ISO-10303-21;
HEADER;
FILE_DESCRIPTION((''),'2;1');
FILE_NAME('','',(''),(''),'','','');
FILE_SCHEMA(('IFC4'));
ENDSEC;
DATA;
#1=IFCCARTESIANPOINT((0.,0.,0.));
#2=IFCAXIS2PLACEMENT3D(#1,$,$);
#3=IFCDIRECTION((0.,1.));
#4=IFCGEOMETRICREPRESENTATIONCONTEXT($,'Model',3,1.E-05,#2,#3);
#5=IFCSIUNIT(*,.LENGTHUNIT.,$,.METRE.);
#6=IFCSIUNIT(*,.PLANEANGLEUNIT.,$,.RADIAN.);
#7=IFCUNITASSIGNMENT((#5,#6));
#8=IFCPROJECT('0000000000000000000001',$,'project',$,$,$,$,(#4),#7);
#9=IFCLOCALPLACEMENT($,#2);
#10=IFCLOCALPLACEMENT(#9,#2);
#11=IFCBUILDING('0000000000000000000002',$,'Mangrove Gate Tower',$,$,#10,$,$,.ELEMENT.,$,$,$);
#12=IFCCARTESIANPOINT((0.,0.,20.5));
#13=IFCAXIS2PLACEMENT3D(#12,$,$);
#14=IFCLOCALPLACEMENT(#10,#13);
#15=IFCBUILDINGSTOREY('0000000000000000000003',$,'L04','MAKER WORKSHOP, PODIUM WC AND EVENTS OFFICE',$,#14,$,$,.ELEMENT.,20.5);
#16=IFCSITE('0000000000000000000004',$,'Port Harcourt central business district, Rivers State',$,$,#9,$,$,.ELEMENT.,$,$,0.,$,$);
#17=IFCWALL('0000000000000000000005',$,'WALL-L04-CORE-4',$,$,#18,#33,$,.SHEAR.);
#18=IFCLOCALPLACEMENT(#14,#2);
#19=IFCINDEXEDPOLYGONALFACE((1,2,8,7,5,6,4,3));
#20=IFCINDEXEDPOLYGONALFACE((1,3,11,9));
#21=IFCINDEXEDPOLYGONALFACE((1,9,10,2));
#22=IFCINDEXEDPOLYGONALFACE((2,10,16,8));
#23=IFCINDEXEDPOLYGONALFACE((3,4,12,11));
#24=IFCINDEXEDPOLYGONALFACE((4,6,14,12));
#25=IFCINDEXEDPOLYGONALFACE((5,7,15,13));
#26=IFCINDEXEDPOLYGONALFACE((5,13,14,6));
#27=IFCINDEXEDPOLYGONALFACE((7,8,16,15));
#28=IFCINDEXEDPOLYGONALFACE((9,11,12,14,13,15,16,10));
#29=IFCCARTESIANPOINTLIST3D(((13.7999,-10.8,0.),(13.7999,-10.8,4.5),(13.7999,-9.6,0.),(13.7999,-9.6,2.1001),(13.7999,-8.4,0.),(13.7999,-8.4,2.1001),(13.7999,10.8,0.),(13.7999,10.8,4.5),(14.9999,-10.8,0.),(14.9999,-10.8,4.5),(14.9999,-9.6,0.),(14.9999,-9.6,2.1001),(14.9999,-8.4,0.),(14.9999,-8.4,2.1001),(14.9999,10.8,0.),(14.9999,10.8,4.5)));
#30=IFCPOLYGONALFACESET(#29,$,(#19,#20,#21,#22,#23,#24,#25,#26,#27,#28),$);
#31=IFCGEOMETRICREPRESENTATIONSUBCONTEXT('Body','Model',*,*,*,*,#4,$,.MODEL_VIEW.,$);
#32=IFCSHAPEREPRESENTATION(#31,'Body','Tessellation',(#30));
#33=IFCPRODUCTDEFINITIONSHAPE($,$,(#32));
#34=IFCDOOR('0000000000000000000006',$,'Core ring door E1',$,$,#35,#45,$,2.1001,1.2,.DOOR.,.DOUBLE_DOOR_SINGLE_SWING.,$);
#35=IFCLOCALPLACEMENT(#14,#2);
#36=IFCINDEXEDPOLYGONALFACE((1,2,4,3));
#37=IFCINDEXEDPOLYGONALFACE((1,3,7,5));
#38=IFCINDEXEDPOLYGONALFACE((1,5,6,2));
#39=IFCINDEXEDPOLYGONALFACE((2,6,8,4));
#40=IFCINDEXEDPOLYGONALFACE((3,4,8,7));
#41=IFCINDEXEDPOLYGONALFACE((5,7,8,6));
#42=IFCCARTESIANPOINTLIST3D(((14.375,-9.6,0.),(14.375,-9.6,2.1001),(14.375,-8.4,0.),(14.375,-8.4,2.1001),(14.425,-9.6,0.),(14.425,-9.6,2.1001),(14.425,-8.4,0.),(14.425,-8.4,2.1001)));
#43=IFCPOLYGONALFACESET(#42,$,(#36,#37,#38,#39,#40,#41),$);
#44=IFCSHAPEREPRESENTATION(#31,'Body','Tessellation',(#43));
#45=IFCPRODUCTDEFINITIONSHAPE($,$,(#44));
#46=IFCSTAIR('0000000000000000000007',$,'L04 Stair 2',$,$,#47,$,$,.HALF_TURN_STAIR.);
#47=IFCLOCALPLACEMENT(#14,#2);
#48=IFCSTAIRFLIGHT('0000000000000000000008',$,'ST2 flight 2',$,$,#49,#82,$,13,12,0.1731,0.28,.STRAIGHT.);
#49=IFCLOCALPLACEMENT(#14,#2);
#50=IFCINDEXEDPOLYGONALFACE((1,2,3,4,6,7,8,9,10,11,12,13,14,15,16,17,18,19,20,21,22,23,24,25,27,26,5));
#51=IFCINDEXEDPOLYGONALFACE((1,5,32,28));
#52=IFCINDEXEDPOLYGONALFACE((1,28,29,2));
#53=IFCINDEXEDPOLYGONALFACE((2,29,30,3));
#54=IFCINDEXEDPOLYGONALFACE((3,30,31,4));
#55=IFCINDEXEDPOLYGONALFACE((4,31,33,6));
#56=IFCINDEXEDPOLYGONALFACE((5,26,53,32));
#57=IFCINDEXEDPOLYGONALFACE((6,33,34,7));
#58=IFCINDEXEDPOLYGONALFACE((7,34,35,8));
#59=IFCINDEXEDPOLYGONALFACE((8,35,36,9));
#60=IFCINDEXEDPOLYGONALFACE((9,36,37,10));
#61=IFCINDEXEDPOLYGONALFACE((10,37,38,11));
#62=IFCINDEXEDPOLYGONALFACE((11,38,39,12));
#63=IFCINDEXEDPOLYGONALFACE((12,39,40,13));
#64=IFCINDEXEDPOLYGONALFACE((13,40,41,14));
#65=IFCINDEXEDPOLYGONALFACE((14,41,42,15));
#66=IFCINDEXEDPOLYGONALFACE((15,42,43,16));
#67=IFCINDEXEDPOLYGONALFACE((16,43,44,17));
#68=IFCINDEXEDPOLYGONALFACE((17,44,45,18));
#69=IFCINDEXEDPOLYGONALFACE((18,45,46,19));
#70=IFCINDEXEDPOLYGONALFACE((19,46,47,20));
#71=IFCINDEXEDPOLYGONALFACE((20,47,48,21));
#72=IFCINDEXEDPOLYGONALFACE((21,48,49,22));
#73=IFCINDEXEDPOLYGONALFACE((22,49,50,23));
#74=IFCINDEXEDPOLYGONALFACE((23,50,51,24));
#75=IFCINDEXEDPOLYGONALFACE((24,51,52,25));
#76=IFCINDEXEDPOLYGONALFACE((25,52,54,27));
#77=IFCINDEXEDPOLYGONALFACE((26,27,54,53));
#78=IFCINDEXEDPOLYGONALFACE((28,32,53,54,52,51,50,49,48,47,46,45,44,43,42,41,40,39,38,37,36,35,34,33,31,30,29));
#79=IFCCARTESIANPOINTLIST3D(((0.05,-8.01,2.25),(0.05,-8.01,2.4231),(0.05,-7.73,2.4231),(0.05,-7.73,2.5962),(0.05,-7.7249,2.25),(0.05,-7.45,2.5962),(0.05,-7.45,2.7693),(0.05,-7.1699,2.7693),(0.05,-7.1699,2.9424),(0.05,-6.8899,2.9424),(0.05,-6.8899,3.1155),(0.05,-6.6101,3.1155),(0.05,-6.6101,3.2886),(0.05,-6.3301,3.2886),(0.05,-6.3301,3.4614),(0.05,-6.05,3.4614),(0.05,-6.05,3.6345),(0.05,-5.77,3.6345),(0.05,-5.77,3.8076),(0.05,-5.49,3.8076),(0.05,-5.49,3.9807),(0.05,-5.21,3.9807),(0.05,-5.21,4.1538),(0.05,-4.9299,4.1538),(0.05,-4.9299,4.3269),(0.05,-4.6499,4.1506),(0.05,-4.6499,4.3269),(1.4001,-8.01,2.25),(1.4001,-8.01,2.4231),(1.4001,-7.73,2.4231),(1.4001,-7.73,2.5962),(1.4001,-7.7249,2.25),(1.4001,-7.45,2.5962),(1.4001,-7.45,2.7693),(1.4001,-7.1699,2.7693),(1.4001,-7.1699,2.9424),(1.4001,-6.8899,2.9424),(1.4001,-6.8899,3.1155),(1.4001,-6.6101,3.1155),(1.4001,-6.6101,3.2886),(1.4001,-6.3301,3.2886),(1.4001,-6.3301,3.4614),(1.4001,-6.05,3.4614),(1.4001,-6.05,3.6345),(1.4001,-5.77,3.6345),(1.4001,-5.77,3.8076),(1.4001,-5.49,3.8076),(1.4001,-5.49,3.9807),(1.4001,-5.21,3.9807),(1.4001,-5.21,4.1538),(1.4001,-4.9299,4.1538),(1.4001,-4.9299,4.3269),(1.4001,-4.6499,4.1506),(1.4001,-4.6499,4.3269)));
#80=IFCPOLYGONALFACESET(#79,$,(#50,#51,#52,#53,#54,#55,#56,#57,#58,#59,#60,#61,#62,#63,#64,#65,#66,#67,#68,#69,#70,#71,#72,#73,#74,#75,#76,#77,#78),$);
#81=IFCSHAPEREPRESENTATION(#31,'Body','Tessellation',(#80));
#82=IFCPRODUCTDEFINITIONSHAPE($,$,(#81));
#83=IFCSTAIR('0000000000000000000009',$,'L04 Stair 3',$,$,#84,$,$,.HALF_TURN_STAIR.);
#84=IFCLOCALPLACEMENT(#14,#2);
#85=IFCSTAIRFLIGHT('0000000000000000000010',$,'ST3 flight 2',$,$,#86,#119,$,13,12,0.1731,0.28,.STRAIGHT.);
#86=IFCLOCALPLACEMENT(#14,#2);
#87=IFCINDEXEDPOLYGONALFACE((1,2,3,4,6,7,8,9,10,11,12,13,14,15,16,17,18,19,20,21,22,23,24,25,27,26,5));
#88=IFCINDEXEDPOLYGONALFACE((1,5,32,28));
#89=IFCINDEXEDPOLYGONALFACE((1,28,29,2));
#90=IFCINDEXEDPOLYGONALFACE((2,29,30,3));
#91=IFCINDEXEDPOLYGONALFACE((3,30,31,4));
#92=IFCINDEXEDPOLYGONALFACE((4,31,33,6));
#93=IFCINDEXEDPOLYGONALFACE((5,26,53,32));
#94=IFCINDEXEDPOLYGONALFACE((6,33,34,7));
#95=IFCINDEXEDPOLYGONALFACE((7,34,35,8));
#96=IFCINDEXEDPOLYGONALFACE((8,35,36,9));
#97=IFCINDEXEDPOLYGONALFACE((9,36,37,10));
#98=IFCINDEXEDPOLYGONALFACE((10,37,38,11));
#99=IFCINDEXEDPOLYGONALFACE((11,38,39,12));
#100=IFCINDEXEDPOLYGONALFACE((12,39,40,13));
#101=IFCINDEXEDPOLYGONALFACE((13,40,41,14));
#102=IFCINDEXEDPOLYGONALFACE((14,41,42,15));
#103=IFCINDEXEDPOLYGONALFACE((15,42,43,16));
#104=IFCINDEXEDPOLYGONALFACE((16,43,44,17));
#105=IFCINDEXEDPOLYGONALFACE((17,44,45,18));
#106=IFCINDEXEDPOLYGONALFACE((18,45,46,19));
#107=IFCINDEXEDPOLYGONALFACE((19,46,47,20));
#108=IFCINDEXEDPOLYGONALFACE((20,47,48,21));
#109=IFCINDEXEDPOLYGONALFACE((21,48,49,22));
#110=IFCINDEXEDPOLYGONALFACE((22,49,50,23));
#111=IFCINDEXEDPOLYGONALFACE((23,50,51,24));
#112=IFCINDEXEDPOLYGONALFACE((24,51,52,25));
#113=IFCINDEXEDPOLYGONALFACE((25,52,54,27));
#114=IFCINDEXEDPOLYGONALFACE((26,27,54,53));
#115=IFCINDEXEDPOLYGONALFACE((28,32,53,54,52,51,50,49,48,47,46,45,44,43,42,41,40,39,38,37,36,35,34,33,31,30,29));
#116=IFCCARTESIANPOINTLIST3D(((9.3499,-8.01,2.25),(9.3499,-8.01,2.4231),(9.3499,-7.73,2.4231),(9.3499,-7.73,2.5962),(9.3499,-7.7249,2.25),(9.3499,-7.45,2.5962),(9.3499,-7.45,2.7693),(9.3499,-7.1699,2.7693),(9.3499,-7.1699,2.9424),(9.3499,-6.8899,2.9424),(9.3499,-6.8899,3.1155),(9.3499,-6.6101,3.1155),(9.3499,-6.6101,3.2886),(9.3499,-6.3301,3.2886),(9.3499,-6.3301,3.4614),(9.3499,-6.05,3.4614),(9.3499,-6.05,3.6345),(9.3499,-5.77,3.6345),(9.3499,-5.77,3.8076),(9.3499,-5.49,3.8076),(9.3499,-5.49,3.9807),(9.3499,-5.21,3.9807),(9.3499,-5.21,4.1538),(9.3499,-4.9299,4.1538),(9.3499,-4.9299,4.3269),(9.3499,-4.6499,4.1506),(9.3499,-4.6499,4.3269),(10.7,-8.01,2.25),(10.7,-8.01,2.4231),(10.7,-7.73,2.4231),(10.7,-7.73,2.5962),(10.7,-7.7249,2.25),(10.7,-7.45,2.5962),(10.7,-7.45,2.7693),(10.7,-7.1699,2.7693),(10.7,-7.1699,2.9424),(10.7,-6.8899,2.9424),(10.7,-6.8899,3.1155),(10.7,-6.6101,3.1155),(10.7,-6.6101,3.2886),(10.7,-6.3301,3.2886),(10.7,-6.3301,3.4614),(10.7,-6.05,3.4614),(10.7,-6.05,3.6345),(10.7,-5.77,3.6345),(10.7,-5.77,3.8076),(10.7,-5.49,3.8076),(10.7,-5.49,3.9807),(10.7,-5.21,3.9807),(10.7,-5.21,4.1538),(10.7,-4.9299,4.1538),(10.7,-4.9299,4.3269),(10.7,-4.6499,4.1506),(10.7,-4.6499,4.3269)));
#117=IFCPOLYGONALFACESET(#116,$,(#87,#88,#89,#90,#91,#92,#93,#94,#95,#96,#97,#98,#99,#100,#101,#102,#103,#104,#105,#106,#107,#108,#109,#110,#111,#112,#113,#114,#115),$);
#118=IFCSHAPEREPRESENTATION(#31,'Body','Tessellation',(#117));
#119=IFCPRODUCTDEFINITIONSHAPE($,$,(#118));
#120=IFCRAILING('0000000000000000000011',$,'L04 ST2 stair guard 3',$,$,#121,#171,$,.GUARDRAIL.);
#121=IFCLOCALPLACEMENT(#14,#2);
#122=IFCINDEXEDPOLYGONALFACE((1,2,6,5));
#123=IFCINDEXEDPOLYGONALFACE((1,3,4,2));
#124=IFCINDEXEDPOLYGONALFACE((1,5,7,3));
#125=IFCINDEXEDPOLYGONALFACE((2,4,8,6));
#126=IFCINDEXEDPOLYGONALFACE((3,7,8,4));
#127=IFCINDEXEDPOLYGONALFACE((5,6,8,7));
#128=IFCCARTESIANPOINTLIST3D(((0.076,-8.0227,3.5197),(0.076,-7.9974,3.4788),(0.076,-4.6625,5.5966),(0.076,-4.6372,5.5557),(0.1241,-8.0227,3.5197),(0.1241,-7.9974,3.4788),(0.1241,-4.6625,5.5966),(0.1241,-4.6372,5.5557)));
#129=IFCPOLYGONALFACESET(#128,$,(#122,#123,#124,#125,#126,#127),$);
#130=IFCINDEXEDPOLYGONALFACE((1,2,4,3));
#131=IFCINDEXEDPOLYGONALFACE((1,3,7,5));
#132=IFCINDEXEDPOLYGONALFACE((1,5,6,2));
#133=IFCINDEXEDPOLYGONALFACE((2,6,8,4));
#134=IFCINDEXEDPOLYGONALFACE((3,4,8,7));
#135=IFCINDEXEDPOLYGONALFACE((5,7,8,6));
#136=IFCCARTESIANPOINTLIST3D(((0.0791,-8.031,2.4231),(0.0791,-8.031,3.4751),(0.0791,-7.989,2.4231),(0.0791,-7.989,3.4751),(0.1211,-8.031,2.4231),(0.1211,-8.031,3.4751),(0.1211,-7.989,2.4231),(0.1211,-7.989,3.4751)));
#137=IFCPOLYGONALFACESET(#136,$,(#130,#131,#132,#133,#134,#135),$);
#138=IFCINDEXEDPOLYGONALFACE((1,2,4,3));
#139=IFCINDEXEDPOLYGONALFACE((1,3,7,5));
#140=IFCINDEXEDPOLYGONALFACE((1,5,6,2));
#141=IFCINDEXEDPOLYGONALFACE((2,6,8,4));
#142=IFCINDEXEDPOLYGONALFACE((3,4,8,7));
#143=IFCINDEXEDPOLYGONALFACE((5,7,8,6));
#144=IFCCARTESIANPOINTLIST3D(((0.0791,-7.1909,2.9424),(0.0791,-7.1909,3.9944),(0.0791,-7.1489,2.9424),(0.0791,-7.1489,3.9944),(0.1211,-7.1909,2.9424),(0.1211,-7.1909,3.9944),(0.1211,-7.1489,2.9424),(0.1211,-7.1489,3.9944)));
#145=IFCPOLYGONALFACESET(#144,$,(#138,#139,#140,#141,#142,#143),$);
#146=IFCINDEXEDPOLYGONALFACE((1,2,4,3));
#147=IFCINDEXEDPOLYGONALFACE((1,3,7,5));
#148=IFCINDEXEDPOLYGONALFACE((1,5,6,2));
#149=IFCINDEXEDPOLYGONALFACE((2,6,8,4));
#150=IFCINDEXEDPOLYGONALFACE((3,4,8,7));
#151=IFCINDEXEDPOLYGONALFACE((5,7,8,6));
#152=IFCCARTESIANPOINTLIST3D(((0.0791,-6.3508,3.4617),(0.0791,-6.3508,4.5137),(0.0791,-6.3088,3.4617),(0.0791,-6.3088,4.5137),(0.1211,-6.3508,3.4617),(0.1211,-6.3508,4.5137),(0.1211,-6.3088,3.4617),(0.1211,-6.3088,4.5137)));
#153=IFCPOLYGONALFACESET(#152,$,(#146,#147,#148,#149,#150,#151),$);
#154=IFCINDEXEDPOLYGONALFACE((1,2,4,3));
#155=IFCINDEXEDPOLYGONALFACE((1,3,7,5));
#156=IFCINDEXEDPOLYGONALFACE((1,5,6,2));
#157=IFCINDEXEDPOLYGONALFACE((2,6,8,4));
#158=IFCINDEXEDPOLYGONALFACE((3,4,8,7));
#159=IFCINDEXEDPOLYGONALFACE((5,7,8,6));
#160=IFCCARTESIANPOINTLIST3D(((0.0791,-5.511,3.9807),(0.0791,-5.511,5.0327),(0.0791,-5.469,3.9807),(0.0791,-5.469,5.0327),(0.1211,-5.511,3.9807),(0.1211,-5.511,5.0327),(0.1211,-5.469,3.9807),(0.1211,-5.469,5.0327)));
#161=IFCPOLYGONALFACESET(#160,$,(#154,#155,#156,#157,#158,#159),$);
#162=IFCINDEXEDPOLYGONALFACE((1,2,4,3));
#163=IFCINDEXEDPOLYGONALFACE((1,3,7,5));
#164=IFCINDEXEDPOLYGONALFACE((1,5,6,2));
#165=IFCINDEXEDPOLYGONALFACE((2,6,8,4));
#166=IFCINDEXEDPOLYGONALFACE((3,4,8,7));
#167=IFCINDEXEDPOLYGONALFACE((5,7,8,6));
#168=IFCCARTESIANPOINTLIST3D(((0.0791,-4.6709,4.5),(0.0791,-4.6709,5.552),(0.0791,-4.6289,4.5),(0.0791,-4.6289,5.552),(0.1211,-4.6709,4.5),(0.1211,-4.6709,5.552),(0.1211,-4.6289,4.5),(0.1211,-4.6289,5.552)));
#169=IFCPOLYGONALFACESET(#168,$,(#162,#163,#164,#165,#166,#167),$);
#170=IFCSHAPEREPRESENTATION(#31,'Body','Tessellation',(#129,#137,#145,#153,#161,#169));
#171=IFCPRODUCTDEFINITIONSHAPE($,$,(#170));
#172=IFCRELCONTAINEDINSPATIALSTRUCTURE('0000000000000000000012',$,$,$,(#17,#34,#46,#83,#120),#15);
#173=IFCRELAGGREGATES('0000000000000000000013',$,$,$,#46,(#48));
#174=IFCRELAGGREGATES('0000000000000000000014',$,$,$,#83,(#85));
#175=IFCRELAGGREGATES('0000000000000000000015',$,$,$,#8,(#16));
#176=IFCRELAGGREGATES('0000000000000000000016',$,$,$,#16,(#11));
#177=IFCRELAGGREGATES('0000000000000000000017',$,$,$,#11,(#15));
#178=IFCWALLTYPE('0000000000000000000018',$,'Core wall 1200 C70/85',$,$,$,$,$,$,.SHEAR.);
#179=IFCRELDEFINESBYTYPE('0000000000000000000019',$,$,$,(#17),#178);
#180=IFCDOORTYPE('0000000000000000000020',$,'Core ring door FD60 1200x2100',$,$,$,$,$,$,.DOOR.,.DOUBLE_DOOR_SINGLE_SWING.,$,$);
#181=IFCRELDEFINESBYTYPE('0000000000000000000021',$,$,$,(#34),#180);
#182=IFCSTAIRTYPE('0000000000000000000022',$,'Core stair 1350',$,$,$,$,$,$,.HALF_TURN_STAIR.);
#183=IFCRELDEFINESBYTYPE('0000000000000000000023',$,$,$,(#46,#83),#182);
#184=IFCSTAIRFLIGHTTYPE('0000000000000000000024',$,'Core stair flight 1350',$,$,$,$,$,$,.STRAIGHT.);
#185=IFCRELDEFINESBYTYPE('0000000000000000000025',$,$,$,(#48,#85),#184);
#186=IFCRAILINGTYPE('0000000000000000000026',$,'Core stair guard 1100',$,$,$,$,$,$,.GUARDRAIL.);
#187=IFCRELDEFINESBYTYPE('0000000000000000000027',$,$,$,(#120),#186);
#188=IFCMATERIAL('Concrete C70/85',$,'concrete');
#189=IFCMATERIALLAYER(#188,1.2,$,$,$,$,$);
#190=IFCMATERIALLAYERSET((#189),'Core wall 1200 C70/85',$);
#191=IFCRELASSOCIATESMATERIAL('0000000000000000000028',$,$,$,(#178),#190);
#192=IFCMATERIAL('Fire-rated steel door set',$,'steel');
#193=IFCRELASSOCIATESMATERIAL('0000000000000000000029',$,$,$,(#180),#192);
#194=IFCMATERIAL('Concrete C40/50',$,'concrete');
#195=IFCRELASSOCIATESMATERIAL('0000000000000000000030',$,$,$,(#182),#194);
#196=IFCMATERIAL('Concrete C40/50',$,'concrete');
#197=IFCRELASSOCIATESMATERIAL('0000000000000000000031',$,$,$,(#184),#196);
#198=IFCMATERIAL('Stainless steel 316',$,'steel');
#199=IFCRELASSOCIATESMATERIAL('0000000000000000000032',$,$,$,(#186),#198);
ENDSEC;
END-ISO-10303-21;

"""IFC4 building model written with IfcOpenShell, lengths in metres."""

from ifc_helpers import new_model, si_unit, direction, frame, frame_2d, origin, origin_2d, place, context, subcontext, project, spatial, polyline, rectangle, outline, extrude, material, layer, layer_set, type_object, element, fill, aggregate, save


model = new_model("IFC4")

# Units and contexts
model_context = context("Model", 3, precision=1e-05, world=origin(), true_north=direction((0.0, 1.0)))
body_context = subcontext(model_context, "Body", "Model", "MODEL_VIEW")
ifc_project = project(units=[si_unit("LENGTHUNIT", "METRE"), si_unit("PLANEANGLEUNIT", "RADIAN")], contexts=[model_context])

# Site, building, storey
site_placement = place(None, origin())
site = spatial("IfcSite", under=ifc_project, at=site_placement, Name="Port Harcourt central business district, Rivers State", CompositionType="ELEMENT", RefElevation=0.0)
building_placement = place(site_placement, origin())
building = spatial("IfcBuilding", under=site, at=building_placement, Name="Mangrove Gate Tower", CompositionType="ELEMENT")
storey_placement = place(building_placement, frame((0.0, 0.0, 20.5)))
storey = spatial("IfcBuildingStorey", under=building, at=storey_placement, Name="L04", Description="MAKER WORKSHOP, PODIUM WC AND EVENTS OFFICE", CompositionType="ELEMENT", Elevation=20.5)

# Wall, opening, door
ifc_material_1 = material(Name="Concrete C70/85", Category="concrete")
ifc_layer_1 = layer(ifc_material_1, 1.2)
ifc_layer_set_1 = layer_set([ifc_layer_1], Name="Core wall 1200 C70/85")
wall_type_1 = type_object("IfcWallType", Name="Core wall 1200 C70/85", PredefinedType="SHEAR", material=ifc_layer_set_1)
wall_1_placement = place(storey_placement, frame((14.3999, -10.8, 0.0), z_axis=(0.0, 0.0, 1.0), x_axis=(0.0, 1.0, 0.0)))
wall_1 = element("IfcWall", 1, at=wall_1_placement, inside=storey, type_object=wall_type_1, Name="WALL-L04-CORE-4", PredefinedType="SHEAR", context=body_context, shape_type="SweptSolid", body=[
    extrude(rectangle(XDim=21.6001, YDim=1.2, at=frame_2d((10.8, 0.0))), origin(), (0.0, 0.0, 1.0), 4.5),
])
opening_1_placement = place(wall_1_placement, frame((1.2, 0.0, 0.0)))
opening_1 = element("IfcOpeningElement", 2, at=opening_1_placement, cuts=wall_1, PredefinedType="OPENING", context=body_context, shape_type="SweptSolid", body=[
    extrude(rectangle(XDim=1.2, YDim=2.1001, at=frame_2d((0.6001, 1.05))), frame((0.0, 0.6099, 0.0), z_axis=(0.0, -1.0, 0.0), x_axis=(1.0, 0.0, 0.0)), (0.0, 0.0, 1.0), 1.22),
])
ifc_material_2 = material(Name="Fire-rated steel door set", Category="steel")
door_type_1 = type_object("IfcDoorType", Name="Core ring door FD60 1200x2100", OperationType="DOUBLE_DOOR_SINGLE_SWING", PredefinedType="DOOR", material=ifc_material_2)
door_1_placement = place(opening_1_placement, origin())
door_1 = element("IfcDoor", 3, at=door_1_placement, inside=storey, type_object=door_type_1, Name="Core ring door E1", OperationType="DOUBLE_DOOR_SINGLE_SWING", OverallHeight=2.1001, OverallWidth=1.2, PredefinedType="DOOR", context=body_context, shape_type="SweptSolid", body=[
    extrude(rectangle(XDim=1.2, YDim=2.1001, at=frame_2d((0.6001, 1.05))), frame((0.0, 0.0249, 0.0), z_axis=(0.0, -1.0, 0.0), x_axis=(1.0, 0.0, 0.0)), (0.0, 0.0, 1.0), 0.05),
])
fill(opening_1, door_1)

# Stairs, stair flights
ifc_material_3 = material(Name="Concrete C40/50", Category="concrete")
stair_type = type_object("IfcStairType", Name="Core stair 1350", PredefinedType="HALF_TURN_STAIR", material=ifc_material_3)
stair_1_placement = place(storey_placement, origin())
stair_1 = element("IfcStair", 4, at=stair_1_placement, inside=storey, type_object=stair_type, Name="L04 Stair 2", PredefinedType="HALF_TURN_STAIR")
ifc_material_4 = material(Name="Concrete C40/50", Category="concrete")
stair_flight_type = type_object("IfcStairFlightType", Name="Core stair flight 1350", PredefinedType="STRAIGHT", material=ifc_material_4)
stair_flight_1_placement = place(storey_placement, frame((0.7251, -8.01, 2.25), z_axis=(0.0, 0.0, 1.0), x_axis=(0.0, 1.0, 0.0)))
stair_flight_1 = element("IfcStairFlight", 5, at=stair_flight_1_placement, type_object=stair_flight_type, Name="ST2 flight 2", NumberOfRisers=13, NumberOfTreads=12, PredefinedType="STRAIGHT", RiserHeight=0.1731, TreadLength=0.28, context=body_context, shape_type="SweptSolid", body=[
    extrude(outline(polyline([(0.0, 0.0), (0.0, 0.1731), (0.28, 0.1731), (0.28, 0.3462), (0.5601, 0.3462), (0.5601, 0.5193), (0.8401, 0.5193), (0.8401, 0.6924), (1.1201, 0.6924), (1.1201, 0.8655), (1.3999, 0.8655), (1.3999, 1.0386), (1.6799, 1.0386), (1.6799, 1.2114), (1.96, 1.2114), (1.96, 1.3845), (2.24, 1.3845), (2.24, 1.5576), (2.52, 1.5576), (2.52, 1.7307), (2.8, 1.7307), (2.8, 1.9038), (3.0801, 1.9038), (3.0801, 2.0769), (3.3601, 2.0769), (3.3601, 2.25), (3.3601, 1.9006), (0.2852, 0.0), (0.0, 0.0)])), frame((0.0, 0.675, 0.0), z_axis=(0.0, -1.0, 0.0), x_axis=(1.0, 0.0, 0.0)), (0.0, 0.0, 1.0), 1.3501),
])
aggregate(stair_1, [stair_flight_1])
stair_2_placement = place(storey_placement, origin())
stair_2 = element("IfcStair", 6, at=stair_2_placement, inside=storey, type_object=stair_type, Name="L04 Stair 3", PredefinedType="HALF_TURN_STAIR")
stair_flight_2_placement = place(storey_placement, frame((10.0249, -8.01, 2.25), z_axis=(0.0, 0.0, 1.0), x_axis=(0.0, 1.0, 0.0)))
stair_flight_2 = element("IfcStairFlight", 7, at=stair_flight_2_placement, type_object=stair_flight_type, Name="ST3 flight 2", NumberOfRisers=13, NumberOfTreads=12, PredefinedType="STRAIGHT", RiserHeight=0.1731, TreadLength=0.28, context=body_context, shape_type="SweptSolid", body=[
    extrude(outline(polyline([(0.0, 0.0), (0.0, 0.1731), (0.28, 0.1731), (0.28, 0.3462), (0.5601, 0.3462), (0.5601, 0.5193), (0.8401, 0.5193), (0.8401, 0.6924), (1.1201, 0.6924), (1.1201, 0.8655), (1.3999, 0.8655), (1.3999, 1.0386), (1.6799, 1.0386), (1.6799, 1.2114), (1.96, 1.2114), (1.96, 1.3845), (2.24, 1.3845), (2.24, 1.5576), (2.52, 1.5576), (2.52, 1.7307), (2.8, 1.7307), (2.8, 1.9038), (3.0801, 1.9038), (3.0801, 2.0769), (3.3601, 2.0769), (3.3601, 2.25), (3.3601, 1.9006), (0.2852, 0.0), (0.0, 0.0)])), frame((0.0, 0.675, 0.0), z_axis=(0.0, -1.0, 0.0), x_axis=(1.0, 0.0, 0.0)), (0.0, 0.0, 1.0), 1.3501),
])
aggregate(stair_2, [stair_flight_2])

# Railing
ifc_material_5 = material(Name="Stainless steel 316", Category="steel")
railing_type_1 = type_object("IfcRailingType", Name="Core stair guard 1100", PredefinedType="GUARDRAIL", material=ifc_material_5)
railing_1_placement = place(storey_placement, frame((0.1001, -8.01, 2.4231)))
element("IfcRailing", 8, at=railing_1_placement, inside=storey, type_object=railing_type_1, Name="L04 ST2 stair guard 3", PredefinedType="GUARDRAIL", context=body_context, shape_type="SweptSolid", body=[
    extrude(rectangle(XDim=0.0481, YDim=0.0481, at=origin_2d()), frame((0.0, 0.0, 1.0762), z_axis=(0.0, 0.850623, 0.525776), x_axis=(-1.0, 0.0, 0.0)), (0.0, 0.0, 1.0), 3.9502),
    extrude(rectangle(XDim=0.042, YDim=0.042, at=origin_2d()), origin(), (0.0, 0.0, 1.0), 1.052),
    extrude(rectangle(XDim=0.042, YDim=0.042, at=origin_2d()), frame((0.0, 0.8401, 0.5193)), (0.0, 0.0, 1.0), 1.052),
    extrude(rectangle(XDim=0.042, YDim=0.042, at=origin_2d()), frame((0.0, 1.6802, 1.0386)), (0.0, 0.0, 1.0), 1.052),
    extrude(rectangle(XDim=0.042, YDim=0.042, at=origin_2d()), frame((0.0, 2.52, 1.5576)), (0.0, 0.0, 1.0), 1.052),
    extrude(rectangle(XDim=0.042, YDim=0.042, at=origin_2d()), frame((0.0, 3.3601, 2.0769)), (0.0, 0.0, 1.0), 1.052),
])

save(model, "model.ifc")
